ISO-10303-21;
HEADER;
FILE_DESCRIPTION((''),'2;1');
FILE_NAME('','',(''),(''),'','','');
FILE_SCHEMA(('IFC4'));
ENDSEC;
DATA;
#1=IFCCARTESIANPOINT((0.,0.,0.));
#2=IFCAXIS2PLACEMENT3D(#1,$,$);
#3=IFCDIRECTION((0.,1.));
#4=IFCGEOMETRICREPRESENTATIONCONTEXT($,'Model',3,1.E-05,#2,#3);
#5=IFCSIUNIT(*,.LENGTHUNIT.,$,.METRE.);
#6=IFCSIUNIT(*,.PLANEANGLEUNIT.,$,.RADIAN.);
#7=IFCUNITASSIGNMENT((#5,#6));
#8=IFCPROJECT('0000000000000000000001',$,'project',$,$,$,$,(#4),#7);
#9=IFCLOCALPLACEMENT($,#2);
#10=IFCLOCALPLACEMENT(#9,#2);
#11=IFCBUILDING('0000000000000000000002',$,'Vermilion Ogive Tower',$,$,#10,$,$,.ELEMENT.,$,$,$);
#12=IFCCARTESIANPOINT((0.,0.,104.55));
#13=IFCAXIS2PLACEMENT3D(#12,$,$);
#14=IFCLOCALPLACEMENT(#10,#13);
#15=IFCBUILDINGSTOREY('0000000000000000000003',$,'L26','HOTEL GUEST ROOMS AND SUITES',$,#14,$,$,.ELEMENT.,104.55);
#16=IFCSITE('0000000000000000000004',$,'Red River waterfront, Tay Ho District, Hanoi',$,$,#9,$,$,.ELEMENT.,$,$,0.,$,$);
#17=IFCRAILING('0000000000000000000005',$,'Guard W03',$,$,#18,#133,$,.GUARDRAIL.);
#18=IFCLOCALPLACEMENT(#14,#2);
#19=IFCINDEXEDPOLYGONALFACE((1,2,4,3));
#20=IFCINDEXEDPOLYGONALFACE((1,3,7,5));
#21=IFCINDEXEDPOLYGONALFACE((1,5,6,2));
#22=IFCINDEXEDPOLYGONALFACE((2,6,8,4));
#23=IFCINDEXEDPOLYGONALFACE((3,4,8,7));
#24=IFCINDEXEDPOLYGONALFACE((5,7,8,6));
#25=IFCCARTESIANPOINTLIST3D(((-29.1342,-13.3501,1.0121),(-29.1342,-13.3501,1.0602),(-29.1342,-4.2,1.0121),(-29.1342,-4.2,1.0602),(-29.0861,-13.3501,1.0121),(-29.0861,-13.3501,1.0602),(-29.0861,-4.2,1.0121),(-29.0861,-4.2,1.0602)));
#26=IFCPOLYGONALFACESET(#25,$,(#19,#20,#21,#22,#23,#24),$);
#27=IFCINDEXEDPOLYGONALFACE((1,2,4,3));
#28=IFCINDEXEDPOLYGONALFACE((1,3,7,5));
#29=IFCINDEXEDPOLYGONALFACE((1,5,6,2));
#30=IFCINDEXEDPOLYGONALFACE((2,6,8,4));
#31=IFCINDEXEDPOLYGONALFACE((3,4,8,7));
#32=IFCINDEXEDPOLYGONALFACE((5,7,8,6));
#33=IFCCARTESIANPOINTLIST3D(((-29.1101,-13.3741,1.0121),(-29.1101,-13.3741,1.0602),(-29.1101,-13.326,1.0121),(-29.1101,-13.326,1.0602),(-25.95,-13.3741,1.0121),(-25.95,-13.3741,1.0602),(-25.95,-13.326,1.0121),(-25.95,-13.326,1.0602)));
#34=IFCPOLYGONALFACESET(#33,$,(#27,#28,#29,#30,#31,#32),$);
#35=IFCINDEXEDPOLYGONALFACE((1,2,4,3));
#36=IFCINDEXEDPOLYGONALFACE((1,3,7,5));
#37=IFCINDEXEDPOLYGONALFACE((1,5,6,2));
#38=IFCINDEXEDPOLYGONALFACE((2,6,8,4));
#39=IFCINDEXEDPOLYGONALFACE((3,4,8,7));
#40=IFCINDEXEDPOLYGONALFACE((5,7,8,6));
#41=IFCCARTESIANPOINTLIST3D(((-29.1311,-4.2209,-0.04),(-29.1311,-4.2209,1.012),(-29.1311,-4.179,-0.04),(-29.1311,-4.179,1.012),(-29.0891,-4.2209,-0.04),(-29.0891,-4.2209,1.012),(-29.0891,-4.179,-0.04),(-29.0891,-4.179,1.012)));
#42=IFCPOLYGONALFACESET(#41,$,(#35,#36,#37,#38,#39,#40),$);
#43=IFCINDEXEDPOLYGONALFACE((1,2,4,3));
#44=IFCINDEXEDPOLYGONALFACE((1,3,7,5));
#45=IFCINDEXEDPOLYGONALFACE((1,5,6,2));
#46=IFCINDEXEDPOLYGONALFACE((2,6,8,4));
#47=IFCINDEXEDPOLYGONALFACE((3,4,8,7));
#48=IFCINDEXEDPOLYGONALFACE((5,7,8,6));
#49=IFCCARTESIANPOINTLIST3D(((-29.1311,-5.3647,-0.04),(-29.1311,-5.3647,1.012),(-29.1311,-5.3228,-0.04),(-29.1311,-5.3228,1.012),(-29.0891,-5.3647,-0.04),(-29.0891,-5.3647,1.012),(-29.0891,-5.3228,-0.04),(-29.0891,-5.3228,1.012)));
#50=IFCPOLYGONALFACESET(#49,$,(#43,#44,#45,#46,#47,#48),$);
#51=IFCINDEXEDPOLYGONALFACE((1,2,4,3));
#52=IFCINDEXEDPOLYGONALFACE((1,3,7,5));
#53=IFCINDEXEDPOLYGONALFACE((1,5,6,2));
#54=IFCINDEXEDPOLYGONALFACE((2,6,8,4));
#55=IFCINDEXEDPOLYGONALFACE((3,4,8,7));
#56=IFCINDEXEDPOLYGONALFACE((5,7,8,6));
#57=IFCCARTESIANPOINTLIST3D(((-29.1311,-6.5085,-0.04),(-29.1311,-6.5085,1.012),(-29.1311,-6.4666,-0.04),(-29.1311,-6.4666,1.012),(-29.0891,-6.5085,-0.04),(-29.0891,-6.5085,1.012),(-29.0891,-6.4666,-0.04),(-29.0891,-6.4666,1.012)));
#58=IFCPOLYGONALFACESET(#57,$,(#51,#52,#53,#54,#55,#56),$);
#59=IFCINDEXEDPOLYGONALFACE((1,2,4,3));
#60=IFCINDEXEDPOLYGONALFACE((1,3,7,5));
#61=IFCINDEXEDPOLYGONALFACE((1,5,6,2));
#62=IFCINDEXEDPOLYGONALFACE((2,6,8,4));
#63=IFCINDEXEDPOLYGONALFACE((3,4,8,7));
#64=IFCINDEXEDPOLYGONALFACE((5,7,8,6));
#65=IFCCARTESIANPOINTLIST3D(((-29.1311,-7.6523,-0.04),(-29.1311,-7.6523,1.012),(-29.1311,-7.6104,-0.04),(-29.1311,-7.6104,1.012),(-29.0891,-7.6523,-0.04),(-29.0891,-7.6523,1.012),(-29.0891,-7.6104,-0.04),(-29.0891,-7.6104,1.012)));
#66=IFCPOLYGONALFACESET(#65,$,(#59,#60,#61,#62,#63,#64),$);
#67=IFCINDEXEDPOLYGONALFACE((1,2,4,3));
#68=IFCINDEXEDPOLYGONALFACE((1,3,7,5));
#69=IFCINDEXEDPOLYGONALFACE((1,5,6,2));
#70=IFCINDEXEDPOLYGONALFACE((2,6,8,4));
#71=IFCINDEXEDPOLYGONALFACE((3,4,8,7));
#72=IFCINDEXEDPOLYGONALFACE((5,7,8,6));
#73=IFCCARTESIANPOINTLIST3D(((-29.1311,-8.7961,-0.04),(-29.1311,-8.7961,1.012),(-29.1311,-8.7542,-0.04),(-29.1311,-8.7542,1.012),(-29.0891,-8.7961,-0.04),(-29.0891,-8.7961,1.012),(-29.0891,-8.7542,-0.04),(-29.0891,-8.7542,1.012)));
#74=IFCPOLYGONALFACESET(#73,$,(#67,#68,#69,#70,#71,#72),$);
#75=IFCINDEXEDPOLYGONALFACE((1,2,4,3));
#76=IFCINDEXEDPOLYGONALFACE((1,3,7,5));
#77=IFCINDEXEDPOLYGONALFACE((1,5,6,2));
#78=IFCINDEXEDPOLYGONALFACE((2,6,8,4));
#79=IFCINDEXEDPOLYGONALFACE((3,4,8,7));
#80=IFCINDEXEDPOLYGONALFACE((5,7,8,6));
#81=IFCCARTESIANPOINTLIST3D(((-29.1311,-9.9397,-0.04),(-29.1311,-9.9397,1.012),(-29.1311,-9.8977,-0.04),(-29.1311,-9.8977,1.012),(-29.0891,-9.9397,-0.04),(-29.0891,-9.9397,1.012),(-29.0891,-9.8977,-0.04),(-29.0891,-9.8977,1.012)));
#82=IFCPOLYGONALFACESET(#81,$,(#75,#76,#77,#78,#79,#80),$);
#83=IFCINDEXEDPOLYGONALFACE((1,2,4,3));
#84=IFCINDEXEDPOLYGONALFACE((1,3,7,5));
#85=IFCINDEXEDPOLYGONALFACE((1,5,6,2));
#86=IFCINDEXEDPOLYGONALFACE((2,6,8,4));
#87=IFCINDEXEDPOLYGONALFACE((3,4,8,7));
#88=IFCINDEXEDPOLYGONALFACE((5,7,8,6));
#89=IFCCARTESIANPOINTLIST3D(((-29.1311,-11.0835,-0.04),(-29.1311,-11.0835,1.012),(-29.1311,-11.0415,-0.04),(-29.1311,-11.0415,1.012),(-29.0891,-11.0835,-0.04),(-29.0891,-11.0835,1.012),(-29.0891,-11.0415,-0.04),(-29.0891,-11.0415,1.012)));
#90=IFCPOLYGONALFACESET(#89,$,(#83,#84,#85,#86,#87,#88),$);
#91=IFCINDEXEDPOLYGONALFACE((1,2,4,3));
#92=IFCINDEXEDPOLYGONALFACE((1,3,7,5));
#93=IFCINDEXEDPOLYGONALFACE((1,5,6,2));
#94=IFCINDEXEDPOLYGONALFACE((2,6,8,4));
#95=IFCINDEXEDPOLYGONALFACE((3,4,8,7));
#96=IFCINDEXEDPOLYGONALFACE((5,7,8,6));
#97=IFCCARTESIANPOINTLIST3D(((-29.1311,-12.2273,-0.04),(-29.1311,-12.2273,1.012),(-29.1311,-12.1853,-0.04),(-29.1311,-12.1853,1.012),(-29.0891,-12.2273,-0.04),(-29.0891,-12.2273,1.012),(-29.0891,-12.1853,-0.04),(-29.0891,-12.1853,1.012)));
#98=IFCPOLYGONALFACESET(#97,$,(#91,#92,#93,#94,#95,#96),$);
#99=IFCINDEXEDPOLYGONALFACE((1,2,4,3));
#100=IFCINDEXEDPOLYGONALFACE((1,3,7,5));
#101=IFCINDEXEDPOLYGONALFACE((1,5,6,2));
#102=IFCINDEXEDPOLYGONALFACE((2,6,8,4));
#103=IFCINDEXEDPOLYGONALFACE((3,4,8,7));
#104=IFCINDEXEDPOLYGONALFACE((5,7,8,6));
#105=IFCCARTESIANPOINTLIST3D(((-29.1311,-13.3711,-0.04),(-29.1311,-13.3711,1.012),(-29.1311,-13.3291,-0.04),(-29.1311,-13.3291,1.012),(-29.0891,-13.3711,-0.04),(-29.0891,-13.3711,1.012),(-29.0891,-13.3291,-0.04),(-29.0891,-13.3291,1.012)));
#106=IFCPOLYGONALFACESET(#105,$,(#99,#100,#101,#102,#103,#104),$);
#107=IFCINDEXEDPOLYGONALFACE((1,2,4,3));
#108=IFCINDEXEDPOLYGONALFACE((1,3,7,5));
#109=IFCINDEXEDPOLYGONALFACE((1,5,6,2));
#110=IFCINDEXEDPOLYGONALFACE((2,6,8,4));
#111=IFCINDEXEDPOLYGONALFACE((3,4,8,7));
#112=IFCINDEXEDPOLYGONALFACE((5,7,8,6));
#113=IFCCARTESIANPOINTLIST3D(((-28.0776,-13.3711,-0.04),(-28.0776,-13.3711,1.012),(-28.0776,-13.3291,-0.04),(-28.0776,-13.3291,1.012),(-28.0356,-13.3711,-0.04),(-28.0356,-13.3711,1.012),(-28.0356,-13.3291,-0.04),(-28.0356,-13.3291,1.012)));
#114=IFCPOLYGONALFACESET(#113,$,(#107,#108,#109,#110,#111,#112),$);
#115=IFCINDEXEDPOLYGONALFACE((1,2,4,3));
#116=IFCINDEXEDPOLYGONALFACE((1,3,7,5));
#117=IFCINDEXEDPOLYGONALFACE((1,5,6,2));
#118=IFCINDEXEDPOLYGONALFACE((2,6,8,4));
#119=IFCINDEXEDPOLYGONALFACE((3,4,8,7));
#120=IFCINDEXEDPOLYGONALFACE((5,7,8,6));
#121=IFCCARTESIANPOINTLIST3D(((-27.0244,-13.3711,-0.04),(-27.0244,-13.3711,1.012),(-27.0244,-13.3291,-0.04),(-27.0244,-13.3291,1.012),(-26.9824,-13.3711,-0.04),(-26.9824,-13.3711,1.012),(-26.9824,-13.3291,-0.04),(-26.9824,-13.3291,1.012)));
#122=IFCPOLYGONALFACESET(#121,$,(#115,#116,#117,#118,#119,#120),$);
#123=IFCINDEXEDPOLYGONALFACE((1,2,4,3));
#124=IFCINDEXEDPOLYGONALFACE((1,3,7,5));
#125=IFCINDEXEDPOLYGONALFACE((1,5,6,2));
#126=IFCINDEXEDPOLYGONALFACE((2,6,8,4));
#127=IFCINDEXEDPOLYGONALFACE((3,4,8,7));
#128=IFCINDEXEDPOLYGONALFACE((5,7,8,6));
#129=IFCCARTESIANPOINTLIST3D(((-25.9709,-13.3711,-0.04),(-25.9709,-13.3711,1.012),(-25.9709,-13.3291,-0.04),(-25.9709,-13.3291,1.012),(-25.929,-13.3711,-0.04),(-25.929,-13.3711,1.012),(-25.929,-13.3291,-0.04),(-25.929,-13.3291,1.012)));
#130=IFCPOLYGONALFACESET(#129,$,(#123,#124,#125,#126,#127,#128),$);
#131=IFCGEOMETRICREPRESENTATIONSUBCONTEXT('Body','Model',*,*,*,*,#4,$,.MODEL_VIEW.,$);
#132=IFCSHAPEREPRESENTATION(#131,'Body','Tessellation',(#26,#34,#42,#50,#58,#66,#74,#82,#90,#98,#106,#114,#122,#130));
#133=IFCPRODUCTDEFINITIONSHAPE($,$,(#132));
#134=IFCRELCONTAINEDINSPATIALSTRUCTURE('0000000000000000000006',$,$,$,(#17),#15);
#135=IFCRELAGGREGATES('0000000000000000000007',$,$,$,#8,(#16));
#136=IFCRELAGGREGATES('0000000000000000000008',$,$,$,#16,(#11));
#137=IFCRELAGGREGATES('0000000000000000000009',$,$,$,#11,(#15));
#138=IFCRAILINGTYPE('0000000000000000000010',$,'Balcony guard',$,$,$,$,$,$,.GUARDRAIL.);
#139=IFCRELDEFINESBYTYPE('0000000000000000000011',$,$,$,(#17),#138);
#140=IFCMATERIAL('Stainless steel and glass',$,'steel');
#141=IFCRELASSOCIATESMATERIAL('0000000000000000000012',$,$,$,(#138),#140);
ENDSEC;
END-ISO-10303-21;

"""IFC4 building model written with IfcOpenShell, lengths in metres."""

from ifc_helpers import new_model, si_unit, direction, frame, origin, origin_2d, place, context, subcontext, project, spatial, rectangle, extrude, material, type_object, element, save


model = new_model("IFC4")

# Units and contexts
model_context = context("Model", 3, precision=1e-05, world=origin(), true_north=direction((0.0, 1.0)))
body_context = subcontext(model_context, "Body", "Model", "MODEL_VIEW")
ifc_project = project(units=[si_unit("LENGTHUNIT", "METRE"), si_unit("PLANEANGLEUNIT", "RADIAN")], contexts=[model_context])

# Site, building, storey
site_placement = place(None, origin())
site = spatial("IfcSite", under=ifc_project, at=site_placement, Name="Red River waterfront, Tay Ho District, Hanoi", CompositionType="ELEMENT", RefElevation=0.0)
building_placement = place(site_placement, origin())
building = spatial("IfcBuilding", under=site, at=building_placement, Name="Vermilion Ogive Tower", CompositionType="ELEMENT")
storey_placement = place(building_placement, frame((0.0, 0.0, 104.55)))
storey = spatial("IfcBuildingStorey", under=building, at=storey_placement, Name="L26", Description="HOTEL GUEST ROOMS AND SUITES", CompositionType="ELEMENT", Elevation=104.55)

# Railing
ifc_material_1 = material(Name="Stainless steel and glass", Category="steel")
railing_type = type_object("IfcRailingType", Name="Balcony guard", PredefinedType="GUARDRAIL", material=ifc_material_1)
railing_placement = place(storey_placement, frame((-29.1101, -4.2, -0.04)))
element("IfcRailing", 1, at=railing_placement, inside=storey, type_object=railing_type, Name="Guard W03", PredefinedType="GUARDRAIL", context=body_context, shape_type="SweptSolid", body=[
    extrude(rectangle(XDim=0.0481, YDim=0.0481, at=origin_2d()), frame((0.0, 0.0, 1.0762), z_axis=(0.0, -1.0, 0.0), x_axis=(1.0, 0.0, 0.0)), (0.0, 0.0, 1.0), 9.1501),
    extrude(rectangle(XDim=0.0481, YDim=0.0481, at=origin_2d()), frame((0.0, -9.1501, 1.0762), z_axis=(1.0, 0.0, 0.0), x_axis=(0.0, 1.0, 0.0)), (0.0, 0.0, 1.0), 3.1602),
    extrude(rectangle(XDim=0.042, YDim=0.042, at=origin_2d()), origin(), (0.0, 0.0, 1.0), 1.052),
    extrude(rectangle(XDim=0.042, YDim=0.042, at=origin_2d()), frame((0.0, -1.1438, 0.0)), (0.0, 0.0, 1.0), 1.052),
    extrude(rectangle(XDim=0.042, YDim=0.042, at=origin_2d()), frame((0.0, -2.2876, 0.0)), (0.0, 0.0, 1.0), 1.052),
    extrude(rectangle(XDim=0.042, YDim=0.042, at=origin_2d()), frame((0.0, -3.4314, 0.0)), (0.0, 0.0, 1.0), 1.052),
    extrude(rectangle(XDim=0.042, YDim=0.042, at=origin_2d()), frame((0.0, -4.5752, 0.0)), (0.0, 0.0, 1.0), 1.052),
    extrude(rectangle(XDim=0.042, YDim=0.042, at=origin_2d()), frame((0.0, -5.7188, 0.0)), (0.0, 0.0, 1.0), 1.052),
    extrude(rectangle(XDim=0.042, YDim=0.042, at=origin_2d()), frame((0.0, -6.8625, 0.0)), (0.0, 0.0, 1.0), 1.052),
    extrude(rectangle(XDim=0.042, YDim=0.042, at=origin_2d()), frame((0.0, -8.0063, 0.0)), (0.0, 0.0, 1.0), 1.052),
    extrude(rectangle(XDim=0.042, YDim=0.042, at=origin_2d()), frame((0.0, -9.1501, 0.0)), (0.0, 0.0, 1.0), 1.052),
    extrude(rectangle(XDim=0.042, YDim=0.042, at=origin_2d()), frame((1.0535, -9.1501, 0.0)), (0.0, 0.0, 1.0), 1.052),
    extrude(rectangle(XDim=0.042, YDim=0.042, at=origin_2d()), frame((2.1067, -9.1501, 0.0)), (0.0, 0.0, 1.0), 1.052),
    extrude(rectangle(XDim=0.042, YDim=0.042, at=origin_2d()), frame((3.1602, -9.1501, 0.0)), (0.0, 0.0, 1.0), 1.052),
])

save(model, "model.ifc")
